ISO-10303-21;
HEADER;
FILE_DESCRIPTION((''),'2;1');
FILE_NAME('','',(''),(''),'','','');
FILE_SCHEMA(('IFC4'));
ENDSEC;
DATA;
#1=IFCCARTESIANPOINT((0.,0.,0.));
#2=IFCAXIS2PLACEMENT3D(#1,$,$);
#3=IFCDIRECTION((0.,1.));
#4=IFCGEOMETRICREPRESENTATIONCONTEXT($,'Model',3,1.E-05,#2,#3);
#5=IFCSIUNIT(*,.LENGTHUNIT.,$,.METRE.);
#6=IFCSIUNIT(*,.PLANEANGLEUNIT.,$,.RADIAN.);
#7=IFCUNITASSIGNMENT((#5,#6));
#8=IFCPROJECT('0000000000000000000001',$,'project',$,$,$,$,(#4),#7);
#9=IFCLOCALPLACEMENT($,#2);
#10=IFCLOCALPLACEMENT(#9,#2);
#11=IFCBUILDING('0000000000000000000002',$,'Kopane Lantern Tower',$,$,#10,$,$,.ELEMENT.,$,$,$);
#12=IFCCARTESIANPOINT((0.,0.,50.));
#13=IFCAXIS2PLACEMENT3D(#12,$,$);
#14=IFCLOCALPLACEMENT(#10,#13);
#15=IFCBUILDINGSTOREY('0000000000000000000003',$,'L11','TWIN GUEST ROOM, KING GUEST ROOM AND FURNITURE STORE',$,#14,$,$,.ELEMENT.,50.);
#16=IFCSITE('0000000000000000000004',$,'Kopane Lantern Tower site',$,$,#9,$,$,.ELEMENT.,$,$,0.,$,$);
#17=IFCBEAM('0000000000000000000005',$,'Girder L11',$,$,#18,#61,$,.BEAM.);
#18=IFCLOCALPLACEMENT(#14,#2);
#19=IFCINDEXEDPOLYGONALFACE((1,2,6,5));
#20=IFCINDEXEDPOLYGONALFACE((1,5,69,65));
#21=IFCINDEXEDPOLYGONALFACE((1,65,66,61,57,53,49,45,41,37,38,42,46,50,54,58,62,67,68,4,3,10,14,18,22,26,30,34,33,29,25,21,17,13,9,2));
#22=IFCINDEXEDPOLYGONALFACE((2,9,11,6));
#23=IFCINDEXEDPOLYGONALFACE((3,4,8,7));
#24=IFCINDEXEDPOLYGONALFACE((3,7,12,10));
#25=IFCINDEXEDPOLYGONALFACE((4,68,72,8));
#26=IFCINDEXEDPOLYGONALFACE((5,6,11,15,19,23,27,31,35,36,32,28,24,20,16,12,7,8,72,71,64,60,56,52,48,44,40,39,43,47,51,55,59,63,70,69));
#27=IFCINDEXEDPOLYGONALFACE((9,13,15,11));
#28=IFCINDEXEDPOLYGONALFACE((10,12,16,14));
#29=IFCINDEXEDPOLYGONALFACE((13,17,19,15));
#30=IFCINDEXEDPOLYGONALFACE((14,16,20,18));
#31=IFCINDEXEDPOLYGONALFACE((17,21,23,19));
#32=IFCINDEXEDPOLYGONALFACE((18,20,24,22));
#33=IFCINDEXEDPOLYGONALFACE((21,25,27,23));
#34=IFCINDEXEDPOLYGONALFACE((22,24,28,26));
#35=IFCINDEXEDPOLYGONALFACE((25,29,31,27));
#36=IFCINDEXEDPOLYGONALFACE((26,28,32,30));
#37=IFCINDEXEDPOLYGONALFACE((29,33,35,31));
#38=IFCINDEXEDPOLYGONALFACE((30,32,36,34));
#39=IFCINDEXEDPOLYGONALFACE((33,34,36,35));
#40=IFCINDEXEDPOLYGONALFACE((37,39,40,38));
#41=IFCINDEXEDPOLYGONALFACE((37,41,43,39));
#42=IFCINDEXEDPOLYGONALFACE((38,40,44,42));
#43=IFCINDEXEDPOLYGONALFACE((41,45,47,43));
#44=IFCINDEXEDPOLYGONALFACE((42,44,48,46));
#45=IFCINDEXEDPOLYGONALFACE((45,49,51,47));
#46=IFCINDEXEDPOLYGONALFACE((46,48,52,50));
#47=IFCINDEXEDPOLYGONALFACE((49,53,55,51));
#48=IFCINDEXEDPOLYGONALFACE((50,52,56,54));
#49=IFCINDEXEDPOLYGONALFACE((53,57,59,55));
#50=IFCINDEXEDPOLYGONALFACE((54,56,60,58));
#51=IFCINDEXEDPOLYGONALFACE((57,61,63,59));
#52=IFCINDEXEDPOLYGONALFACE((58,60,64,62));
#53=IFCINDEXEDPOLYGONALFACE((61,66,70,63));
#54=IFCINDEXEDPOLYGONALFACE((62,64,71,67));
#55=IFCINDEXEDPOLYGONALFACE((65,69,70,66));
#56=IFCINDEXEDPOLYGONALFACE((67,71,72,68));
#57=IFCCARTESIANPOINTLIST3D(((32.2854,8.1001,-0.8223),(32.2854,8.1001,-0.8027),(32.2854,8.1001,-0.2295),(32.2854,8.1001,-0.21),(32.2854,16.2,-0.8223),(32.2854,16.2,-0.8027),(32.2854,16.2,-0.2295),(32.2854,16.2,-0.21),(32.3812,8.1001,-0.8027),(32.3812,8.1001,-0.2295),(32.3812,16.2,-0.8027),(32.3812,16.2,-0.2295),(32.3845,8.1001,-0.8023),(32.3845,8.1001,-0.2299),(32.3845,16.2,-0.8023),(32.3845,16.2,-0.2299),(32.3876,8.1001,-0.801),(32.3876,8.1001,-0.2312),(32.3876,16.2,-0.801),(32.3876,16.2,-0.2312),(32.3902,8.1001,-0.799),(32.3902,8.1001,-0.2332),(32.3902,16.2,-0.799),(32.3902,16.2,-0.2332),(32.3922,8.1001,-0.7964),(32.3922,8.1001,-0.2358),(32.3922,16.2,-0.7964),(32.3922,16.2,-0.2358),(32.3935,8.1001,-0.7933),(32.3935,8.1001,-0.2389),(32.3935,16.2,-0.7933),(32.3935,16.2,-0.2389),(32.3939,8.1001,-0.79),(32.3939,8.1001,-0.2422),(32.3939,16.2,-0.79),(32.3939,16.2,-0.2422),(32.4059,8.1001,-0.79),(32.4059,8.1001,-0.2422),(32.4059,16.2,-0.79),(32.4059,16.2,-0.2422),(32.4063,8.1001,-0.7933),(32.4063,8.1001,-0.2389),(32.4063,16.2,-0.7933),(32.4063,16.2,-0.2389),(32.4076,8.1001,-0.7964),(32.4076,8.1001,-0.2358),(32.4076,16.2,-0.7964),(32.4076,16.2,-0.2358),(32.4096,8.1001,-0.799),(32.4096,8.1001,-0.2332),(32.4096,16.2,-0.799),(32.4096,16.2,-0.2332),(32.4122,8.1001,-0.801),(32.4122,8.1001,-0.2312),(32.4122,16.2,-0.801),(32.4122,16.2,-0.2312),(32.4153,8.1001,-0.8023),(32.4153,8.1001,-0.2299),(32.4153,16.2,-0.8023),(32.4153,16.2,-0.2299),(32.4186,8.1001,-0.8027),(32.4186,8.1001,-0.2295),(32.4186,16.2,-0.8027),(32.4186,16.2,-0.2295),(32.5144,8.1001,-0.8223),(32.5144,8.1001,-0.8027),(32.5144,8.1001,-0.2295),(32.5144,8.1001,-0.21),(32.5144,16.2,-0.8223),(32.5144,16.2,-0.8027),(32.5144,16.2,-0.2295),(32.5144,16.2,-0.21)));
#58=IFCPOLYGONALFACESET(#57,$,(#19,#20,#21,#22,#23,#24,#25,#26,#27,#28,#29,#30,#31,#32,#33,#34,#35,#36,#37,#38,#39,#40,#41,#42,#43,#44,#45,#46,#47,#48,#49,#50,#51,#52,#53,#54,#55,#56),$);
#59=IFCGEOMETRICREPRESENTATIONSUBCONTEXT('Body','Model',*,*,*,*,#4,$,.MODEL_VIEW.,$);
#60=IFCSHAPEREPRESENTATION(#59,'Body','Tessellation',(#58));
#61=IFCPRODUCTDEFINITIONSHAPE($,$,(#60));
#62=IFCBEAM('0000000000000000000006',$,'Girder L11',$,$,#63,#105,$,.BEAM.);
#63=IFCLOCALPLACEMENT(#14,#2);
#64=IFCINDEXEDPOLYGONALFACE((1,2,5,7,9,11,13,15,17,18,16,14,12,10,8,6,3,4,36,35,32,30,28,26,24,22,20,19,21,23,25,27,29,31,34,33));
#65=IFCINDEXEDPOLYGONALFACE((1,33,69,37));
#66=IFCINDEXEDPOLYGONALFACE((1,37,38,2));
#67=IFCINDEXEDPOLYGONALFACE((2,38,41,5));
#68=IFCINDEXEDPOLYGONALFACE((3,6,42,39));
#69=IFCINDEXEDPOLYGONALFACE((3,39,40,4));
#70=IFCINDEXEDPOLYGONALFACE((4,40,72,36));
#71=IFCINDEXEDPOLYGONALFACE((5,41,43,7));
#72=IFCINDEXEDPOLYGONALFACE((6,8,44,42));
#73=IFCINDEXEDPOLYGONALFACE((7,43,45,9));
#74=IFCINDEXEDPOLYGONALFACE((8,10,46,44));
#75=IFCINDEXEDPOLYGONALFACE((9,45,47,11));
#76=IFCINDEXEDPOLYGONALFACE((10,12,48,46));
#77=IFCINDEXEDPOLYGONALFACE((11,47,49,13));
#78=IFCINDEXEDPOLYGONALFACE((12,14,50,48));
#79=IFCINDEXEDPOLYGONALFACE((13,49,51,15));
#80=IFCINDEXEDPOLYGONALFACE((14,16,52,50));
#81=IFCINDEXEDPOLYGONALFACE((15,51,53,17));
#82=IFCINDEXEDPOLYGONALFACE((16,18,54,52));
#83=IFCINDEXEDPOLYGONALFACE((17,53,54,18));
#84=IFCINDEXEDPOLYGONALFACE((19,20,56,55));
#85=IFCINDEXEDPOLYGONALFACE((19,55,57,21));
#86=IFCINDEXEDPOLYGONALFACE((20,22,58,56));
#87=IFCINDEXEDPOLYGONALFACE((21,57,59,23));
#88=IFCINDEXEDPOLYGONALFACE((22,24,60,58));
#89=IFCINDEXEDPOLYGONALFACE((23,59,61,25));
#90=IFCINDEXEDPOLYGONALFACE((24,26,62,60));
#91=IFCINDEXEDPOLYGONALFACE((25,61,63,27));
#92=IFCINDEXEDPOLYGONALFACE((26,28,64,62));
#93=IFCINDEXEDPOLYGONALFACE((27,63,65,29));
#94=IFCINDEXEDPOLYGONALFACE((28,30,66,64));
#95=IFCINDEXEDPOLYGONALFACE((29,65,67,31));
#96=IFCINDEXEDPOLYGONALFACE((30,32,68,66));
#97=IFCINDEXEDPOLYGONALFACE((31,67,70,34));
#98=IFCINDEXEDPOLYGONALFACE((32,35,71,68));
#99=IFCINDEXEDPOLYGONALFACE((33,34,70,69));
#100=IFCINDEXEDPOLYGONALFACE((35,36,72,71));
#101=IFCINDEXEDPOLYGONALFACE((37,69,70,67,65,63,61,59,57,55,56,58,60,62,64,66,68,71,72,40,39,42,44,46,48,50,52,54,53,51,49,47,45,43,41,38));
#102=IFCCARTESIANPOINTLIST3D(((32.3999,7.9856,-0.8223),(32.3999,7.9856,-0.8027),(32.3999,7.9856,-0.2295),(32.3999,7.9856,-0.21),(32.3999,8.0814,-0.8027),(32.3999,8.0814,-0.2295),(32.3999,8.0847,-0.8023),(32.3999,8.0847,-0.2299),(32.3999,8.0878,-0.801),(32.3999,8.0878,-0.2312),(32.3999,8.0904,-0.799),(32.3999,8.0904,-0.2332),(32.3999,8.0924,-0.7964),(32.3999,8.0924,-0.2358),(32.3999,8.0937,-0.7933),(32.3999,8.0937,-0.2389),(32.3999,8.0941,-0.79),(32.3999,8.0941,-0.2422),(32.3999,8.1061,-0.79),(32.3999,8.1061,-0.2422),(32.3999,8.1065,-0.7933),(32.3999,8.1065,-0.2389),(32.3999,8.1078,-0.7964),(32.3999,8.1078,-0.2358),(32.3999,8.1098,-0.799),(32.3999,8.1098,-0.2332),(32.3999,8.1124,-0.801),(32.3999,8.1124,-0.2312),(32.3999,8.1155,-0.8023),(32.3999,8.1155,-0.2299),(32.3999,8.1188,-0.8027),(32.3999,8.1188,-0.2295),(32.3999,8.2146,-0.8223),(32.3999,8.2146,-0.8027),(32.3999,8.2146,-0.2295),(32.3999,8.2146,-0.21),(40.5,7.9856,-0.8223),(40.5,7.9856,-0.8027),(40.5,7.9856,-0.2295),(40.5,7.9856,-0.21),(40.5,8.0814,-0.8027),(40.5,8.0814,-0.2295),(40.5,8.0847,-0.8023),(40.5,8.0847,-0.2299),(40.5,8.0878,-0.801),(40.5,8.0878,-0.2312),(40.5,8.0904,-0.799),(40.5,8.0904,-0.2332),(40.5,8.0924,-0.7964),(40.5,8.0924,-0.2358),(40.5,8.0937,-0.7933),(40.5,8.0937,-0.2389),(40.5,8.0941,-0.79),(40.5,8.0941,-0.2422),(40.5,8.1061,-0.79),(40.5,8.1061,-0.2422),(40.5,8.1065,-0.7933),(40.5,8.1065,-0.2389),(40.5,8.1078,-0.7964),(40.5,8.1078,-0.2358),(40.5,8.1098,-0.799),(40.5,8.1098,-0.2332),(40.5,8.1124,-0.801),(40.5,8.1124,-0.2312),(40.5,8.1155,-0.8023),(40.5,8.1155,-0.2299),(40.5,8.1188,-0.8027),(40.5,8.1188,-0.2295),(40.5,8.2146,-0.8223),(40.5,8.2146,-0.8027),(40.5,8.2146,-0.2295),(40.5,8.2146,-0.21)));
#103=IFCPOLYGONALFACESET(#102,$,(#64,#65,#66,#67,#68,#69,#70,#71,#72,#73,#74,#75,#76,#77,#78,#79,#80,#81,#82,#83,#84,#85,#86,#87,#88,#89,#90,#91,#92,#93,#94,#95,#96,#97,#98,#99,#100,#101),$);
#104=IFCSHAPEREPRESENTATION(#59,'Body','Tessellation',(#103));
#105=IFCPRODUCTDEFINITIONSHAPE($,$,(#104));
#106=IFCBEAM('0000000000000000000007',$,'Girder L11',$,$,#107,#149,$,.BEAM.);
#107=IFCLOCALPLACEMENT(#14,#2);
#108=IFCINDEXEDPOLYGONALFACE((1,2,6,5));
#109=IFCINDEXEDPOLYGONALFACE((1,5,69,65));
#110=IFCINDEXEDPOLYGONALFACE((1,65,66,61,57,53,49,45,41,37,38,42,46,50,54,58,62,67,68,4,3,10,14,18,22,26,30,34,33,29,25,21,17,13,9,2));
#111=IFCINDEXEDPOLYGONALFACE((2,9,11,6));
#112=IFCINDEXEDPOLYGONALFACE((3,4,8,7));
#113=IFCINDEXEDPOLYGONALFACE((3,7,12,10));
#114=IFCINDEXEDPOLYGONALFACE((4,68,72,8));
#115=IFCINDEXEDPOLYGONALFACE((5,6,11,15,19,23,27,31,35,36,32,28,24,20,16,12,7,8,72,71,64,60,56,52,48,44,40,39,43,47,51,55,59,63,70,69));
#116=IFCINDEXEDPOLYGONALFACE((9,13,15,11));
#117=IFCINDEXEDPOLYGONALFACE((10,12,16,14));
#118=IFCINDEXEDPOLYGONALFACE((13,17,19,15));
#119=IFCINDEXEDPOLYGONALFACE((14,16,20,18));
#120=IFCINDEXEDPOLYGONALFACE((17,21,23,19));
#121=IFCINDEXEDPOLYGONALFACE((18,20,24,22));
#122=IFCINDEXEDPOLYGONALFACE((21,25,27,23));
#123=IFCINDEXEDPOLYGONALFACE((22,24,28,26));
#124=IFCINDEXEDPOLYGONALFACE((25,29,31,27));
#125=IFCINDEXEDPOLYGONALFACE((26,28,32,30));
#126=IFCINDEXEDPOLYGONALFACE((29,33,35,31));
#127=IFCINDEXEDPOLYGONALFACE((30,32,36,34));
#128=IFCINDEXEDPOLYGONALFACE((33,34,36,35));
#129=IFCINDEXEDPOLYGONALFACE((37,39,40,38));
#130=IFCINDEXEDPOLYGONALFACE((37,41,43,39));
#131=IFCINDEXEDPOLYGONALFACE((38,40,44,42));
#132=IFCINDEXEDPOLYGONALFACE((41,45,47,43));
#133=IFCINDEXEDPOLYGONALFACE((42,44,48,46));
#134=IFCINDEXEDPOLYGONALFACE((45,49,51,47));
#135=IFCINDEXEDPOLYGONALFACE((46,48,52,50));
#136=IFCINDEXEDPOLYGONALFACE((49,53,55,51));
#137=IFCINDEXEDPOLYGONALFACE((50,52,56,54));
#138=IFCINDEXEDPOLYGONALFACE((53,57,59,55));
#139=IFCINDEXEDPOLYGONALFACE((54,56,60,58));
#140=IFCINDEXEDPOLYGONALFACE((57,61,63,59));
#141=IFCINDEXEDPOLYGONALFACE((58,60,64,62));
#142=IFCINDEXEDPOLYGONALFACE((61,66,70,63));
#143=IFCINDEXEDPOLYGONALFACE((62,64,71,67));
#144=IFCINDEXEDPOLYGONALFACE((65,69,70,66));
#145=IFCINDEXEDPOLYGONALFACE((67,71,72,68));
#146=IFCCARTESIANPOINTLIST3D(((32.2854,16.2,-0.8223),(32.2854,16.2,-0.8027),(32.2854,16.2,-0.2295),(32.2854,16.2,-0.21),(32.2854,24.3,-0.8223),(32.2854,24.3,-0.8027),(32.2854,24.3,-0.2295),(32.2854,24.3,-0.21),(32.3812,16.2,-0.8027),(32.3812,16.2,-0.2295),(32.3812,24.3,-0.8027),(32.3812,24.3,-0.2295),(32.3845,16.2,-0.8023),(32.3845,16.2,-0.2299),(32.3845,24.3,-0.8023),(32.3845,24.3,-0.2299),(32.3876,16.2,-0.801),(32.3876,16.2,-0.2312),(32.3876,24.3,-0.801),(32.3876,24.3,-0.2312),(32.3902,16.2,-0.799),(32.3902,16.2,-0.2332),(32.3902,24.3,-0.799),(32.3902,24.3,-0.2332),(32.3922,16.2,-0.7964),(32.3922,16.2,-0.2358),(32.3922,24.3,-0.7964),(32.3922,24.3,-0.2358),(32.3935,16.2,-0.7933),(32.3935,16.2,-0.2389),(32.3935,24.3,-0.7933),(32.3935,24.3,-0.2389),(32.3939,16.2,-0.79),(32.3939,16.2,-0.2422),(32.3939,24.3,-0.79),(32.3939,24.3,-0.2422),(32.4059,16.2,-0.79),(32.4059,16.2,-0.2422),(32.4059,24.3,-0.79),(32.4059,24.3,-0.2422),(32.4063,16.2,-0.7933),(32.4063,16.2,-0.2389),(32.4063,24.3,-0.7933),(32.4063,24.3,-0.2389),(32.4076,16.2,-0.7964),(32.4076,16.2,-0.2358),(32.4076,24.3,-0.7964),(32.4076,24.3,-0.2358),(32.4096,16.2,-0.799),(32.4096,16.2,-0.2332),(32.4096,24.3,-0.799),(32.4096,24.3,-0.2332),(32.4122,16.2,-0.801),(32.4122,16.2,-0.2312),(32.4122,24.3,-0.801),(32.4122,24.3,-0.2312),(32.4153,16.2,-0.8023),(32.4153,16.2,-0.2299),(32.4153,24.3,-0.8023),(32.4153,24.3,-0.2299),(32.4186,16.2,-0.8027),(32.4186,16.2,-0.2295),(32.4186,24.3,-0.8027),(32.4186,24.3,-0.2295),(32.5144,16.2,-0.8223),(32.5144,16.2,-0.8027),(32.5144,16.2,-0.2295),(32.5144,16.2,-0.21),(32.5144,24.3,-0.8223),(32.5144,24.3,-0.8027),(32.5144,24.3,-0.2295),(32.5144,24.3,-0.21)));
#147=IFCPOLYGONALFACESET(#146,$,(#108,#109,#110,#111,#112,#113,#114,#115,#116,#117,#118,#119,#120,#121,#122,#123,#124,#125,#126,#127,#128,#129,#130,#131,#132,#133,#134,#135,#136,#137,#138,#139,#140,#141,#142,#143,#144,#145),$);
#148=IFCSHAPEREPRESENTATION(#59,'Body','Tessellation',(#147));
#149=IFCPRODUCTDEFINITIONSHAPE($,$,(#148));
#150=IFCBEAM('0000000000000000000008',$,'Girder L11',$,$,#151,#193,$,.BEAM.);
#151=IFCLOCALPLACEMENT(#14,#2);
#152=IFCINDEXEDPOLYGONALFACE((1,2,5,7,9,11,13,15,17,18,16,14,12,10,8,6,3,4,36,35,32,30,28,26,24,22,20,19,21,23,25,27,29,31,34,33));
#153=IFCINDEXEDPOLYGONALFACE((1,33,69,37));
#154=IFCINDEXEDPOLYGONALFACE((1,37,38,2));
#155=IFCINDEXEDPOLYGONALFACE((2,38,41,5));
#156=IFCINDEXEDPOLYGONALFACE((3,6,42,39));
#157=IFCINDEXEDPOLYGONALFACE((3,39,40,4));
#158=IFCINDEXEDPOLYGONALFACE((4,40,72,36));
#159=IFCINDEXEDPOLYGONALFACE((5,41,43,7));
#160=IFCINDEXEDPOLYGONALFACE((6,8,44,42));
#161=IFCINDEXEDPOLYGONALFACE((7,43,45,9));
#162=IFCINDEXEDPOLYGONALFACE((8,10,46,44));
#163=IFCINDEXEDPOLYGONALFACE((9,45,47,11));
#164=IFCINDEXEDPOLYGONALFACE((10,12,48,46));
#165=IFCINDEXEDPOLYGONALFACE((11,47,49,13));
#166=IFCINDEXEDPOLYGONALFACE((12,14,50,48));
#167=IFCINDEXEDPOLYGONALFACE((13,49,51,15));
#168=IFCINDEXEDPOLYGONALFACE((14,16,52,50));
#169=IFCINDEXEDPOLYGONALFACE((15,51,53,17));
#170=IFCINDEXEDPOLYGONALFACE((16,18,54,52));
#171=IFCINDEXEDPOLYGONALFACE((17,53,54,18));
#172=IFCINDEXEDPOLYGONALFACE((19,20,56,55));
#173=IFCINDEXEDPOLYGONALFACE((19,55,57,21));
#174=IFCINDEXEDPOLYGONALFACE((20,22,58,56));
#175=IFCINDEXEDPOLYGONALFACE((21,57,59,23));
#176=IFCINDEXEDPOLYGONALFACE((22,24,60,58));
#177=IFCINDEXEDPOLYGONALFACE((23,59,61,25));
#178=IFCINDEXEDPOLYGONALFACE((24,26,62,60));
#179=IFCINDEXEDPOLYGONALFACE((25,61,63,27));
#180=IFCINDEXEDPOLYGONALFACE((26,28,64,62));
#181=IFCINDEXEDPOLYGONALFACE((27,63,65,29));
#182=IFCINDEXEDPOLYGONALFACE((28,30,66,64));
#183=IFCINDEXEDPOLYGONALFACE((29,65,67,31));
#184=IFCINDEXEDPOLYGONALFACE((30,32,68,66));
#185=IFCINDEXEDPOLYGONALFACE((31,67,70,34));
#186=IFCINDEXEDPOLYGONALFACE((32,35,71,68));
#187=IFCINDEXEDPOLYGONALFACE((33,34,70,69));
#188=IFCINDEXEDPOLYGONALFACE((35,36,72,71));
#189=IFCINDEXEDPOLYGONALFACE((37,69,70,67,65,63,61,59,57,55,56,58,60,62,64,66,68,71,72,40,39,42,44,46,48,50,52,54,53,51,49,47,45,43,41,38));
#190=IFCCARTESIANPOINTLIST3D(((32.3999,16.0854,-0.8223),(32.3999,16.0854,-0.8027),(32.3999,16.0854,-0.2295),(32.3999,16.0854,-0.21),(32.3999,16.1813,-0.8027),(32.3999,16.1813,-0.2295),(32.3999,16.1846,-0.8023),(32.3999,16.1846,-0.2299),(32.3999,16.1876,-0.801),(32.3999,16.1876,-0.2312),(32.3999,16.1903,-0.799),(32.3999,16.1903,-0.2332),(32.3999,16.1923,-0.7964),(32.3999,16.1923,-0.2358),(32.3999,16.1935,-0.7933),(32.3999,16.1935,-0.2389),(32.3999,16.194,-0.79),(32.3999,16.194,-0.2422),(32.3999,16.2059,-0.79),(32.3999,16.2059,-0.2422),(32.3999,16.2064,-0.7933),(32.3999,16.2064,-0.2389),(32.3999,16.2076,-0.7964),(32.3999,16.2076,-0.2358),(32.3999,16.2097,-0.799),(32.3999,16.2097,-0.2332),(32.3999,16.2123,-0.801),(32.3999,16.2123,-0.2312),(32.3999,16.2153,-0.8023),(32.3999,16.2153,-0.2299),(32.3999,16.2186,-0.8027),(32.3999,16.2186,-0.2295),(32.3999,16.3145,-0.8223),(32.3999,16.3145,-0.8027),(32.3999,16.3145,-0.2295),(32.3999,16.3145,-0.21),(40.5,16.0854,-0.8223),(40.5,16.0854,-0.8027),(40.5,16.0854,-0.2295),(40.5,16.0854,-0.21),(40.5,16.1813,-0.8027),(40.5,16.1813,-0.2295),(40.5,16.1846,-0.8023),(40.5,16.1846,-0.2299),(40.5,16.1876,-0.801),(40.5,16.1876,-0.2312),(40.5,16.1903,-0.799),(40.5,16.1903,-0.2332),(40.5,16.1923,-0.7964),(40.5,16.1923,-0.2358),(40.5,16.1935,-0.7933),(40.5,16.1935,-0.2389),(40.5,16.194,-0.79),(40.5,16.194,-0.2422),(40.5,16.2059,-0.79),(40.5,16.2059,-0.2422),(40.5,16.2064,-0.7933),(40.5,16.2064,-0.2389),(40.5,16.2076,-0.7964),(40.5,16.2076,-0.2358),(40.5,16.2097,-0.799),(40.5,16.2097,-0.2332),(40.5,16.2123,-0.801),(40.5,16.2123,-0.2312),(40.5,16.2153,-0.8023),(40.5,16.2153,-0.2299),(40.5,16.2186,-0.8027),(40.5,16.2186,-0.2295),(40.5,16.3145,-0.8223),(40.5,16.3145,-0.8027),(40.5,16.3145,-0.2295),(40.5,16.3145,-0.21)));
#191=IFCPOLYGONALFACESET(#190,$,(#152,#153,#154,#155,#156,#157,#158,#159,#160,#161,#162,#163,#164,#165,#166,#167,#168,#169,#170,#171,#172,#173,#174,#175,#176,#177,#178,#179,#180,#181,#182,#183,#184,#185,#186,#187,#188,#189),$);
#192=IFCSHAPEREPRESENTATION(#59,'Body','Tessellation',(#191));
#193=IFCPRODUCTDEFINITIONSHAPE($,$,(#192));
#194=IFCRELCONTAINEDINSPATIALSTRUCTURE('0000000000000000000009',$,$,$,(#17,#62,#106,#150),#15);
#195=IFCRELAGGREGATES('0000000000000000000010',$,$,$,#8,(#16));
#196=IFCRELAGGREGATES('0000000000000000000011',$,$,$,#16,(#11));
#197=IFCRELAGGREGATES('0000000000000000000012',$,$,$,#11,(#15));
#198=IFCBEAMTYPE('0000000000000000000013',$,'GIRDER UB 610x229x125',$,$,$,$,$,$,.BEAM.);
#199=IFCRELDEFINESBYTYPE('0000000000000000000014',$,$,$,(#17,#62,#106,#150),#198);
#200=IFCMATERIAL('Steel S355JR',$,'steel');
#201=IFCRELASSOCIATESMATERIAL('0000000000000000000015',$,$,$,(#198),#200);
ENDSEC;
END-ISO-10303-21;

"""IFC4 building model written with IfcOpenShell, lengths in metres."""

from ifc_helpers import new_model, si_unit, direction, frame, origin, origin_2d, place, context, subcontext, project, spatial, i_section, extrude, material, material_profile, profile_set, type_object, element, save


model = new_model("IFC4")

# Units and contexts
model_context = context("Model", 3, precision=1e-05, world=origin(), true_north=direction((0.0, 1.0)))
body_context = subcontext(model_context, "Body", "Model", "MODEL_VIEW")
ifc_project = project(units=[si_unit("LENGTHUNIT", "METRE"), si_unit("PLANEANGLEUNIT", "RADIAN")], contexts=[model_context])

# Site, building, storey
site_placement = place(None, origin())
site = spatial("IfcSite", under=ifc_project, at=site_placement, Name="Kopane Lantern Tower site", CompositionType="ELEMENT", RefElevation=0.0)
building_placement = place(site_placement, origin())
building = spatial("IfcBuilding", under=site, at=building_placement, Name="Kopane Lantern Tower", CompositionType="ELEMENT")
storey_placement = place(building_placement, frame((0.0, 0.0, 50.0)))
storey = spatial("IfcBuildingStorey", under=building, at=storey_placement, Name="L11", Description="TWIN GUEST ROOM, KING GUEST ROOM AND FURNITURE STORE", CompositionType="ELEMENT", Elevation=50.0)

# Beams
ifc_material_1 = material(Name="Steel S355JR", Category="steel")
ifc_material_profile_1 = material_profile(ifc_material_1, i_section(OverallWidth=0.229, OverallDepth=0.6123, WebThickness=0.012, FlangeThickness=0.0195, FilletRadius=0.0127, at=origin_2d()), Name="UB 610x229x125")
ifc_profile_set_1 = profile_set([ifc_material_profile_1], Name="Steel S355JR")
beam_type = type_object("IfcBeamType", Name="GIRDER UB 610x229x125", PredefinedType="BEAM", material=ifc_profile_set_1)
beam_1_placement = place(storey_placement, frame((32.3999, 8.1001, -0.5161), z_axis=(0.0, 1.0, 0.0), x_axis=(-1.0, 0.0, 0.0)))
element("IfcBeam", 1, at=beam_1_placement, inside=storey, type_object=beam_type, Name="Girder L11", PredefinedType="BEAM", context=body_context, shape_type="SweptSolid", body=[
    extrude(i_section(OverallWidth=0.229, OverallDepth=0.6123, WebThickness=0.012, FlangeThickness=0.0195, FilletRadius=0.0127, at=origin_2d()), origin(), (0.0, 0.0, 1.0), 8.0999),
])
for number, where, z_axis, x_axis, name in (
    (2, (32.3999, 8.1001, -0.5161), (1.0, 0.0, 0.0), (0.0, 1.0, 0.0), "Girder L11"),
    (3, (32.3999, 16.2, -0.5161), (0.0, 1.0, 0.0), (-1.0, 0.0, 0.0), "Girder L11"),
    (4, (32.3999, 16.2, -0.5161), (1.0, 0.0, 0.0), (0.0, 1.0, 0.0), "Girder L11"),
):
    element("IfcBeam", number, at=place(storey_placement, frame(where, z_axis=z_axis, x_axis=x_axis)), inside=storey, type_object=beam_type, Name=name, PredefinedType="BEAM", context=body_context, shape_type="SweptSolid", body=[
        extrude(i_section(OverallWidth=0.229, OverallDepth=0.6123, WebThickness=0.012, FlangeThickness=0.0195, FilletRadius=0.0127, at=origin_2d()), origin(), (0.0, 0.0, 1.0), 8.1001),
    ])

save(model, "model.ifc")
